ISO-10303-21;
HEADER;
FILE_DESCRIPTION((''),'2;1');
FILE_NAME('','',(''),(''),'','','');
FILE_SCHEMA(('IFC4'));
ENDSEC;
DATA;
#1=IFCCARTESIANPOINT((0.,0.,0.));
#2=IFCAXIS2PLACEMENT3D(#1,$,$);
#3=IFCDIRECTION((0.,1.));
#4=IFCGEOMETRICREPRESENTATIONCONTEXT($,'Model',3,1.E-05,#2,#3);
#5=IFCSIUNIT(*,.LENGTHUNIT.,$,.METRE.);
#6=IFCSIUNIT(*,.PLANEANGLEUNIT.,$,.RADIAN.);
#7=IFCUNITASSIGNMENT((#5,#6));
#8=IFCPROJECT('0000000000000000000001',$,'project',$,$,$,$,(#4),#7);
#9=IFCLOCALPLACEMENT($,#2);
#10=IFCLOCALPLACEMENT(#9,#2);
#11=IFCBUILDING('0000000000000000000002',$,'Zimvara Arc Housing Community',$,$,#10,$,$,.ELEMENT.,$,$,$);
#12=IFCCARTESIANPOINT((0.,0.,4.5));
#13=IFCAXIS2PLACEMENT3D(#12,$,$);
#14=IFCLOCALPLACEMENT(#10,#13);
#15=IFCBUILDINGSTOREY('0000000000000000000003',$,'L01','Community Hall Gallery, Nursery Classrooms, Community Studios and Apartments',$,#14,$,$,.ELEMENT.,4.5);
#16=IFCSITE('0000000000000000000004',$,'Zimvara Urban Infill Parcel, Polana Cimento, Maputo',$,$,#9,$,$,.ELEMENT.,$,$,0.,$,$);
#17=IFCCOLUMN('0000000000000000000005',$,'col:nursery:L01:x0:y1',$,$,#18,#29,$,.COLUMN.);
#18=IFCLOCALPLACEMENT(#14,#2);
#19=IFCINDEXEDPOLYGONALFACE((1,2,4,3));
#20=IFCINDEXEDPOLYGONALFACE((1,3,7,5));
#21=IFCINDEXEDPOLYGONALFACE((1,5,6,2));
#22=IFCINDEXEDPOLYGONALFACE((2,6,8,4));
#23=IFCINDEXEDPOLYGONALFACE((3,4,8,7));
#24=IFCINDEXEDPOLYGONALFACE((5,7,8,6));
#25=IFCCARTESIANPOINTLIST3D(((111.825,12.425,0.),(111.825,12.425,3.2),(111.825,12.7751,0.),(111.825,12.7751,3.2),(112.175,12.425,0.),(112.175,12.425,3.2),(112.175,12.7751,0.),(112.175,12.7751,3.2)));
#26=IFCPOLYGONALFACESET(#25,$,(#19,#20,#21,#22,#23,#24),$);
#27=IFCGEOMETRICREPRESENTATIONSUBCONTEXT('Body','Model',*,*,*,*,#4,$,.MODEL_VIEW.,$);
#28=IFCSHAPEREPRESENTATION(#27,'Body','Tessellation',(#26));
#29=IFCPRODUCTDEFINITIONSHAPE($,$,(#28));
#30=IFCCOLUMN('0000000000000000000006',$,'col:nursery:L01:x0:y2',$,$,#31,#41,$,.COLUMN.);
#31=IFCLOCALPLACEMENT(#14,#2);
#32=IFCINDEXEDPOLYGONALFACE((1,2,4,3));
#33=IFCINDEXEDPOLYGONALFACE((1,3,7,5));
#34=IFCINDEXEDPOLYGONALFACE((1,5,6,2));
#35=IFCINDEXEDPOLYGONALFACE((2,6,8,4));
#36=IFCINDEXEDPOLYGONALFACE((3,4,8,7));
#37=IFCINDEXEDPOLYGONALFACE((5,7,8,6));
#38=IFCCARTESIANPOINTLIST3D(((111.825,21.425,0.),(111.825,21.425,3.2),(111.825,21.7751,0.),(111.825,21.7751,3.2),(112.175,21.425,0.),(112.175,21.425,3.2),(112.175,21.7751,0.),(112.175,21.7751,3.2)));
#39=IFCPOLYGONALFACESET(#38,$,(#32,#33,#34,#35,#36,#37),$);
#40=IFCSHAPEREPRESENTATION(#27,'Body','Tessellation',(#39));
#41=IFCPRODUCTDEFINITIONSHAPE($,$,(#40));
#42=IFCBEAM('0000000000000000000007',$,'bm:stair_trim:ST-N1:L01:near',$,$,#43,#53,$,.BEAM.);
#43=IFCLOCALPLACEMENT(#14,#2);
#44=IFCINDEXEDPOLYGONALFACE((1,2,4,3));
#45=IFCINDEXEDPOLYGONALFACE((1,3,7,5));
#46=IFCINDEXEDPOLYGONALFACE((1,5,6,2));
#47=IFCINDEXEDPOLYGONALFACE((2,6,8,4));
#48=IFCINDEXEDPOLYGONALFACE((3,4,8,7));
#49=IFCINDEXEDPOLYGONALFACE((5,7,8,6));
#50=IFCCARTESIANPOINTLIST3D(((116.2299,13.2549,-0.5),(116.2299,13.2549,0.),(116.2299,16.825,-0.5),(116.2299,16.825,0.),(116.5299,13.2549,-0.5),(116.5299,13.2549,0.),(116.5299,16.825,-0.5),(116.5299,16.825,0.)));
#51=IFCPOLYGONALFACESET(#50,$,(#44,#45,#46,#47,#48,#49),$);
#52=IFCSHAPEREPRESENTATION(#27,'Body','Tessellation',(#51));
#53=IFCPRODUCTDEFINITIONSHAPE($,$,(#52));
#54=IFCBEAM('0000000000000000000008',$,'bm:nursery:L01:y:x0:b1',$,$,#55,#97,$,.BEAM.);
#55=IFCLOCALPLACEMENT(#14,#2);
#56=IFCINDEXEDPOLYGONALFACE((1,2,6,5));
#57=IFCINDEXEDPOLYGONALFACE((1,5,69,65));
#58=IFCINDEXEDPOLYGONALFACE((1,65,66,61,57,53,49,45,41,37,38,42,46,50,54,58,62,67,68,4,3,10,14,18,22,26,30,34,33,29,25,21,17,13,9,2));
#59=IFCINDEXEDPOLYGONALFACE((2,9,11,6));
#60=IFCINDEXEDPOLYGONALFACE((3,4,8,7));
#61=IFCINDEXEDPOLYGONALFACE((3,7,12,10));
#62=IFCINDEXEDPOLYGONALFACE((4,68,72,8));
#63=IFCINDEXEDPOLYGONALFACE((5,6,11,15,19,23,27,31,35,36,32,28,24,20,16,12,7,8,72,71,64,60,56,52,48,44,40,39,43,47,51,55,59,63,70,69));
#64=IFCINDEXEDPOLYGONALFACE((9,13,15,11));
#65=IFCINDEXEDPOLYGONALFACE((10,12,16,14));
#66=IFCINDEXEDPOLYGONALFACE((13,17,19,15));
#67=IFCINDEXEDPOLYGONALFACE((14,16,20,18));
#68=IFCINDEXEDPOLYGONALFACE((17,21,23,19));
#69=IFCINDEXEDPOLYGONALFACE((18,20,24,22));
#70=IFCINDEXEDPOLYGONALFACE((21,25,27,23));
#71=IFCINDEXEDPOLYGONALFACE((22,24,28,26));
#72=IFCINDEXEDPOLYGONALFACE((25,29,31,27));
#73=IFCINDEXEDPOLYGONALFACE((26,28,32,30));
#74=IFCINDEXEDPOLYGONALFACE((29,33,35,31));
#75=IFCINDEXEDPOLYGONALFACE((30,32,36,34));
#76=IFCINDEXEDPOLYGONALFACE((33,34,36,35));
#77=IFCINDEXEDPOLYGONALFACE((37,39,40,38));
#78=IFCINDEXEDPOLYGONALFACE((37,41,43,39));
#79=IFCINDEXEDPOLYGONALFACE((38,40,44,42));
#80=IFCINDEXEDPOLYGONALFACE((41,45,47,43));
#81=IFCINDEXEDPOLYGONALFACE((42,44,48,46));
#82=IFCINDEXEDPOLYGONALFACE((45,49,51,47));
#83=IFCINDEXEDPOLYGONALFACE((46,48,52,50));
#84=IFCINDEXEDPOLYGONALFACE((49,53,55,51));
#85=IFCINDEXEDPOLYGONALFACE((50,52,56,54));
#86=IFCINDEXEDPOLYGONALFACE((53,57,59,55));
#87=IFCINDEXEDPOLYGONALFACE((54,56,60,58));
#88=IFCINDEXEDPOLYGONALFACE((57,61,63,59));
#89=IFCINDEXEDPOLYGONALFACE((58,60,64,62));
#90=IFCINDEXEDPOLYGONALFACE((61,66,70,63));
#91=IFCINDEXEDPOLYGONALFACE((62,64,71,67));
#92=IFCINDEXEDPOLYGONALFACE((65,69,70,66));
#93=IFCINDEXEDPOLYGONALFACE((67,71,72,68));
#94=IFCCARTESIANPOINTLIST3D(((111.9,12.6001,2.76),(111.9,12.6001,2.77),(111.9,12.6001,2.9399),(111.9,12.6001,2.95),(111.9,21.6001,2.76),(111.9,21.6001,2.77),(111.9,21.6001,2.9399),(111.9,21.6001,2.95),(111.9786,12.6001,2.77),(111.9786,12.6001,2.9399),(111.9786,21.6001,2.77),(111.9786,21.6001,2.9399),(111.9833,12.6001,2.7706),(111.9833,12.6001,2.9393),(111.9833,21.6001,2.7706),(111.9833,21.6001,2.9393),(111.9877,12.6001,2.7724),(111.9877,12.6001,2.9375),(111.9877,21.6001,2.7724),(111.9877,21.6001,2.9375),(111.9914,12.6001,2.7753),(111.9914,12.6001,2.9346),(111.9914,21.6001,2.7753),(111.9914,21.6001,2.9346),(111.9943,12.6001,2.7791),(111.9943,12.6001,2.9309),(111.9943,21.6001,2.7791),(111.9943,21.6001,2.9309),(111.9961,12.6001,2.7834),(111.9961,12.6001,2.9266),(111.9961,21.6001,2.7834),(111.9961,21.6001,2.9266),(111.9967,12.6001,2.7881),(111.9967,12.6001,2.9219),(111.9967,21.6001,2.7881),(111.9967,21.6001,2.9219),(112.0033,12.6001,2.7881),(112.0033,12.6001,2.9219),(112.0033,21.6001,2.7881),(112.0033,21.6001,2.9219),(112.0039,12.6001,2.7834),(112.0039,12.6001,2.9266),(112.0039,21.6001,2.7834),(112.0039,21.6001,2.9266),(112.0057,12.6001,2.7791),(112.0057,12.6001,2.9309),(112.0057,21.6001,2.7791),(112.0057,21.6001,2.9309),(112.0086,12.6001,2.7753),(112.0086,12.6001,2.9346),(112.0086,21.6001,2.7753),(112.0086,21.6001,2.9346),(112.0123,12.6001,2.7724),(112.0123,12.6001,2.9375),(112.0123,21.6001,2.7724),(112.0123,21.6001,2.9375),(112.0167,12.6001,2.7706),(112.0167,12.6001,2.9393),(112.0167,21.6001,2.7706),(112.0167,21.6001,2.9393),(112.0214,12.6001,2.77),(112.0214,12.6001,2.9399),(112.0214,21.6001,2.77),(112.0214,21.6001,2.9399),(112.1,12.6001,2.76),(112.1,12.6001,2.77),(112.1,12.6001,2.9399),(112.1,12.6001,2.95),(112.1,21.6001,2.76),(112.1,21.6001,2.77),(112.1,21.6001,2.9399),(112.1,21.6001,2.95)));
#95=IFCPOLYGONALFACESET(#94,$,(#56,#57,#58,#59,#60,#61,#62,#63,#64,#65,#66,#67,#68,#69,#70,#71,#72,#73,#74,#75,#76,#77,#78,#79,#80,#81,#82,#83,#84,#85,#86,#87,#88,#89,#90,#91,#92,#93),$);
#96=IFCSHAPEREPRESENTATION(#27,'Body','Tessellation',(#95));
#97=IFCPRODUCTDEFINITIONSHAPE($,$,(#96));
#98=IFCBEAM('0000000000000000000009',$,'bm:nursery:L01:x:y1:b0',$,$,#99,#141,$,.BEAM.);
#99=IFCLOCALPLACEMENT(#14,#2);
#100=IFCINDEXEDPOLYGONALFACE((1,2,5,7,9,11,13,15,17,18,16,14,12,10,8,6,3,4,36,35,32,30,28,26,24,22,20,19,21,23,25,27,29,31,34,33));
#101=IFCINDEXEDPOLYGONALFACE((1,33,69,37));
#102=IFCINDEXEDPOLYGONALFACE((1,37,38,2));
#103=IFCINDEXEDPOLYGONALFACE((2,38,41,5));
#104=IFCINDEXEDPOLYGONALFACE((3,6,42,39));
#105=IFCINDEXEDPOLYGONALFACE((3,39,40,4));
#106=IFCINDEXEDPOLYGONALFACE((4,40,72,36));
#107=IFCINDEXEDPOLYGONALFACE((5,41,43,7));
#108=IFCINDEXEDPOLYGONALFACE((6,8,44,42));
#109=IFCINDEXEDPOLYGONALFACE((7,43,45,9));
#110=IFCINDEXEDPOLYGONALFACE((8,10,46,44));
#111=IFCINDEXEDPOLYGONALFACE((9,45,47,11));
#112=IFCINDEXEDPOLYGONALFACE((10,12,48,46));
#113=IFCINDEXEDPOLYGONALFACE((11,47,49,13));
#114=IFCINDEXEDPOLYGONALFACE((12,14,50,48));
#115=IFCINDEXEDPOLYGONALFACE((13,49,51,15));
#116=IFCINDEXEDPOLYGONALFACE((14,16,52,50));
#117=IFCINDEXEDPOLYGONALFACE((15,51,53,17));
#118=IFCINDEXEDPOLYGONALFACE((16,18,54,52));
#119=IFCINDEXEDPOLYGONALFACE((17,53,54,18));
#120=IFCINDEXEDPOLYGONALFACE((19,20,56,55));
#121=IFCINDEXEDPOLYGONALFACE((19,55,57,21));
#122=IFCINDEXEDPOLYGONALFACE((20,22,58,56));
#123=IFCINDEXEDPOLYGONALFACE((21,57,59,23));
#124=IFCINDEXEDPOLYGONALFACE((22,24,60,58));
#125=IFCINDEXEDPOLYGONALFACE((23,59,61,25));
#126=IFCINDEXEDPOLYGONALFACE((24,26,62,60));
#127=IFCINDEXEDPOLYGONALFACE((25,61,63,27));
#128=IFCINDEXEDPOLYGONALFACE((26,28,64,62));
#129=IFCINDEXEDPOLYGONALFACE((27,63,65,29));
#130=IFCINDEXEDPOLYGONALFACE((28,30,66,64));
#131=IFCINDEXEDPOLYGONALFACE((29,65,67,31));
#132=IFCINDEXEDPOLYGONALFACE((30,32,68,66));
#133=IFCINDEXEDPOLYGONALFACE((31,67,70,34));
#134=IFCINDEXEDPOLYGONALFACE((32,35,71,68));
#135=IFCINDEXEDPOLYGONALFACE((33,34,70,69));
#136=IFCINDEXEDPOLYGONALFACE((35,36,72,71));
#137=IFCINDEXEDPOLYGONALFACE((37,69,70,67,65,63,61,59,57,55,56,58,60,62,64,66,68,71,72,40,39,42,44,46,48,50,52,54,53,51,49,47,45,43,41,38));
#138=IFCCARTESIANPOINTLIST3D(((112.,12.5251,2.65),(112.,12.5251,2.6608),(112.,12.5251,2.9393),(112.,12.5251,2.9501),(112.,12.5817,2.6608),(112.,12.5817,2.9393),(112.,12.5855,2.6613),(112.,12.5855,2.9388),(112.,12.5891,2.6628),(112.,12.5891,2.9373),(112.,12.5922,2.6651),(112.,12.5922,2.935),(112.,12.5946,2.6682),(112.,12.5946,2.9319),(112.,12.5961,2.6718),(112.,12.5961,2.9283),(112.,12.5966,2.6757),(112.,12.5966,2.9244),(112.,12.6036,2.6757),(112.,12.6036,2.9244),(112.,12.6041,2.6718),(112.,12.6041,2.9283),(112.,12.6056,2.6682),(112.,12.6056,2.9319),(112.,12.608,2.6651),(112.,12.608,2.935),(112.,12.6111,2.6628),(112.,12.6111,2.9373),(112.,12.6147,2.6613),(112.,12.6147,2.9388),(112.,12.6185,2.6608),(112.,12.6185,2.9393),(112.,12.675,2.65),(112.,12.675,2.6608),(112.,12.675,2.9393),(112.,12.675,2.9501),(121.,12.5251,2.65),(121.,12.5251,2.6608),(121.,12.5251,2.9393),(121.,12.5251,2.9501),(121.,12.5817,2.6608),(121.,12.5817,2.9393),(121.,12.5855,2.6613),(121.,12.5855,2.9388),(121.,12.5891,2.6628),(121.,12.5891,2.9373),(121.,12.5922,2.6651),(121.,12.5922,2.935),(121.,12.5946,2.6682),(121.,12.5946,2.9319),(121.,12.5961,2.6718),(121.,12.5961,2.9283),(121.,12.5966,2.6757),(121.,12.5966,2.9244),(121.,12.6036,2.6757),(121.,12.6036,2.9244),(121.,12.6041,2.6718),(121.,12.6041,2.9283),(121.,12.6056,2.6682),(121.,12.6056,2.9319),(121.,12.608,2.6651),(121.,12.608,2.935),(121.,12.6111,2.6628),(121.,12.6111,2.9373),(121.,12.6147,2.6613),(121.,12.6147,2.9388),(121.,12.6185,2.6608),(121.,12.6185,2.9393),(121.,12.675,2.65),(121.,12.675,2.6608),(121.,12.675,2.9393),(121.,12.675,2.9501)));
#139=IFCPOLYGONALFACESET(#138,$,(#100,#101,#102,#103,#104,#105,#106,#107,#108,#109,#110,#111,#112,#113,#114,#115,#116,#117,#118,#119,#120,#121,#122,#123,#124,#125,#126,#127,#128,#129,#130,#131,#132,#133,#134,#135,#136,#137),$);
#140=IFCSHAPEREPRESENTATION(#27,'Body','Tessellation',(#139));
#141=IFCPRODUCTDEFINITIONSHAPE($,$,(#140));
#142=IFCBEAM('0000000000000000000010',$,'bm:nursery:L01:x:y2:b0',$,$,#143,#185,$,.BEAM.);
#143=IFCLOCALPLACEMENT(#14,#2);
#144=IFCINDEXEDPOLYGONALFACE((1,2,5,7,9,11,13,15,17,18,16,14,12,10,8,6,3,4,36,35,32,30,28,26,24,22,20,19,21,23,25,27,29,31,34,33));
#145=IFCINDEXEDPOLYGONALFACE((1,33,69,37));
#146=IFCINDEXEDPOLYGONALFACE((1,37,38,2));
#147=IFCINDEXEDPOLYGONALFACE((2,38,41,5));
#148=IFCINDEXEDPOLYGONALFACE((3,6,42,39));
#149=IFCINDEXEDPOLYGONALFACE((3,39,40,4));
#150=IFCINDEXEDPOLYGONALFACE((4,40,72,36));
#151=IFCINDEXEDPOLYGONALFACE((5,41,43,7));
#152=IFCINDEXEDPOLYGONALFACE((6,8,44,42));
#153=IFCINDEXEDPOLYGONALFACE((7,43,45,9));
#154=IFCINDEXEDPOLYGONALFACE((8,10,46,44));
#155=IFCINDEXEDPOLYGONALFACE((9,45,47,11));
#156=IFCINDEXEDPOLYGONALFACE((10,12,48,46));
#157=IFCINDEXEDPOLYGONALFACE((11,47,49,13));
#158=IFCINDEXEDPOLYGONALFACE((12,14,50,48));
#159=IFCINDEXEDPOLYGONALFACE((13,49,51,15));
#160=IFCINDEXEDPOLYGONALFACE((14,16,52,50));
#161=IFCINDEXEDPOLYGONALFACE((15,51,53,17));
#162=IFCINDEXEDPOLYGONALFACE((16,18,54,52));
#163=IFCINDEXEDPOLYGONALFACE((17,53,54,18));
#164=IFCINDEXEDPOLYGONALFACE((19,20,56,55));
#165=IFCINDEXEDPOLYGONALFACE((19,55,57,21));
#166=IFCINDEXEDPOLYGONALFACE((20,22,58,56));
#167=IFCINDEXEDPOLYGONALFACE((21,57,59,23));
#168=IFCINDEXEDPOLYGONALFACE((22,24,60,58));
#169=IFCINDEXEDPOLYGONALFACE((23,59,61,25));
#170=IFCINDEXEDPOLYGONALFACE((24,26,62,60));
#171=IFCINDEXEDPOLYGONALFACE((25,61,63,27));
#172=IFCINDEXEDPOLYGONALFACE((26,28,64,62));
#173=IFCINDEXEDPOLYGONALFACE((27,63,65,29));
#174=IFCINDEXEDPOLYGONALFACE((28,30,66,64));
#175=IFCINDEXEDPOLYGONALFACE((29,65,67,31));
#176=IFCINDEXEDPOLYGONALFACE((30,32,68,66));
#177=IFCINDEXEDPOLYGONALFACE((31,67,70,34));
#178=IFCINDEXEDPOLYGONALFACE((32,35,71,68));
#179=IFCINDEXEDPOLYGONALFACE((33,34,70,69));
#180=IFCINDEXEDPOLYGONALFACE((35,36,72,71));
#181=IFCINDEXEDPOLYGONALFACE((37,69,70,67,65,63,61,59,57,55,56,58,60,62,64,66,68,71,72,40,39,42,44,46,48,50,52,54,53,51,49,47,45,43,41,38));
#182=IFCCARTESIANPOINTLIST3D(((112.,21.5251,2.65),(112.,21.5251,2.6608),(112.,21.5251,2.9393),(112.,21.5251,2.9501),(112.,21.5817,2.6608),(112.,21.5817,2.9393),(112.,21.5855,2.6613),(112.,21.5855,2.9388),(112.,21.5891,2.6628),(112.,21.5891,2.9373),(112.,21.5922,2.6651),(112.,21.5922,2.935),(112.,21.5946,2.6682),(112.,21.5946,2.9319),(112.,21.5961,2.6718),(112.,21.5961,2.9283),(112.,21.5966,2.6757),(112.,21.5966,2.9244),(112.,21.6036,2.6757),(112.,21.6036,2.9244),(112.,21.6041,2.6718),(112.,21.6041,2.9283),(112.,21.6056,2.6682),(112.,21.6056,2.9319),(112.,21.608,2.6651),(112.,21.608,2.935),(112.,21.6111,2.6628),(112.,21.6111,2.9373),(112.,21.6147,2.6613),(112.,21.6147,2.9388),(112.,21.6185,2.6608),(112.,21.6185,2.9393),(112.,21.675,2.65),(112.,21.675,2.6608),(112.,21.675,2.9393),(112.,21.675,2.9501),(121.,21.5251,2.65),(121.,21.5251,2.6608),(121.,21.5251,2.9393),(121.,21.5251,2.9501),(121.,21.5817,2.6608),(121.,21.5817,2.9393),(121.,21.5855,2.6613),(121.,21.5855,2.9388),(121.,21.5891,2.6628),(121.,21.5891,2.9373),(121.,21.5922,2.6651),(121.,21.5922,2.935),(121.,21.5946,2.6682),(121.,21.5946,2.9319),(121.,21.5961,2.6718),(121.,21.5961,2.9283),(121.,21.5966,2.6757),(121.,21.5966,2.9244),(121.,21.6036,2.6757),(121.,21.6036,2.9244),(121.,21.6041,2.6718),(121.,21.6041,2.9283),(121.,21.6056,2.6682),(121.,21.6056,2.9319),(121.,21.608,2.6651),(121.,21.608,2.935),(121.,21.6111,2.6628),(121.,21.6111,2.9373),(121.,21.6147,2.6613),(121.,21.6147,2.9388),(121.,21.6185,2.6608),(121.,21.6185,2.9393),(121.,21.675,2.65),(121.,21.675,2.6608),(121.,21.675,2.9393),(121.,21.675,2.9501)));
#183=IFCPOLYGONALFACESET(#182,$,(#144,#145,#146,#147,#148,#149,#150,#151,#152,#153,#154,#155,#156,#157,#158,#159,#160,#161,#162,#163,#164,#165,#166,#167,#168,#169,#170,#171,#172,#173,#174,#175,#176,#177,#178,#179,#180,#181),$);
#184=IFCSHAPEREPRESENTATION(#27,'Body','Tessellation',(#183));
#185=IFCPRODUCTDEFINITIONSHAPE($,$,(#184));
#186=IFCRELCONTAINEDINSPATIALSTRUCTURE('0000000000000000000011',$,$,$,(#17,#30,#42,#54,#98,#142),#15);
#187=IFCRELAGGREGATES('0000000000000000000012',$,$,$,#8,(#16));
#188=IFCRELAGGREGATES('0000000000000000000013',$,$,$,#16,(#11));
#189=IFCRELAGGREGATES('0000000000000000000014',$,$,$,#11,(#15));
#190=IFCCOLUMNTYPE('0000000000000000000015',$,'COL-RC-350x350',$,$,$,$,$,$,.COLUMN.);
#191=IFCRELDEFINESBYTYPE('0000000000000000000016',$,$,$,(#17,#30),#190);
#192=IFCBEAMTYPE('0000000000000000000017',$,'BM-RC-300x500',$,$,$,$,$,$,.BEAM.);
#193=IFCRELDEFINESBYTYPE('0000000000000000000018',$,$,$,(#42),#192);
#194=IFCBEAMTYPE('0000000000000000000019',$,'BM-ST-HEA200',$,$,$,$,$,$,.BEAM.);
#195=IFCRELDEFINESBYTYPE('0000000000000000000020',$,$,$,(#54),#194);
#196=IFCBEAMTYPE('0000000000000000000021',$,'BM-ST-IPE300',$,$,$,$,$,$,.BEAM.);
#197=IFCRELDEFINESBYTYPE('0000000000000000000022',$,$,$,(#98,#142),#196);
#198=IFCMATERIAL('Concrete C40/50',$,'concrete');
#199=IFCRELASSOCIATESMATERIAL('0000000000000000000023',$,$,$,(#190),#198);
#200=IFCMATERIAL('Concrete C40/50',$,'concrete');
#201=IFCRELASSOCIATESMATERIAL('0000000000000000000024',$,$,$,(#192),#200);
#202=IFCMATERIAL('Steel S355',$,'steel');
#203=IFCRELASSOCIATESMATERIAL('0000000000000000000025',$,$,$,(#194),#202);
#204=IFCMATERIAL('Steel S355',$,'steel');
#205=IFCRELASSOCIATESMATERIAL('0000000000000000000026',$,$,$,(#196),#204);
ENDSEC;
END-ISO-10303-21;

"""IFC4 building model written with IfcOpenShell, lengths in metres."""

from ifc_helpers import new_model, si_unit, direction, frame, origin, origin_2d, place, context, subcontext, project, spatial, rectangle, i_section, extrude, material, material_profile, profile_set, type_object, element, save


model = new_model("IFC4")

# Units and contexts
model_context = context("Model", 3, precision=1e-05, world=origin(), true_north=direction((0.0, 1.0)))
body_context = subcontext(model_context, "Body", "Model", "MODEL_VIEW")
ifc_project = project(units=[si_unit("LENGTHUNIT", "METRE"), si_unit("PLANEANGLEUNIT", "RADIAN")], contexts=[model_context])

# Site, building, storey
site_placement = place(None, origin())
site = spatial("IfcSite", under=ifc_project, at=site_placement, Name="Zimvara Urban Infill Parcel, Polana Cimento, Maputo", CompositionType="ELEMENT", RefElevation=0.0)
building_placement = place(site_placement, origin())
building = spatial("IfcBuilding", under=site, at=building_placement, Name="Zimvara Arc Housing Community", CompositionType="ELEMENT")
storey_placement = place(building_placement, frame((0.0, 0.0, 4.5)))
storey = spatial("IfcBuildingStorey", under=building, at=storey_placement, Name="L01", Description="Community Hall Gallery, Nursery Classrooms, Community Studios and Apartments", CompositionType="ELEMENT", Elevation=4.5)

# Columns
ifc_material_1 = material(Name="Concrete C40/50", Category="concrete")
ifc_material_profile_1 = material_profile(ifc_material_1, rectangle(XDim=0.3501, YDim=0.3501, at=origin_2d()), Name="RC 350x350")
ifc_profile_set_1 = profile_set([ifc_material_profile_1], Name="Concrete C40/50")
column_type = type_object("IfcColumnType", Name="COL-RC-350x350", PredefinedType="COLUMN", material=ifc_profile_set_1)
for number, where, z_axis, x_axis, name in (
    (1, (112.0, 12.6001, 0.0), (0.0, 0.0, 1.0), (1.0, 0.0, 0.0), "col:nursery:L01:x0:y1"),
    (2, (112.0, 21.6001, 0.0), (0.0, 0.0, 1.0), (1.0, 0.0, 0.0), "col:nursery:L01:x0:y2"),
):
    element("IfcColumn", number, at=place(storey_placement, frame(where, z_axis=z_axis, x_axis=x_axis)), inside=storey, type_object=column_type, Name=name, PredefinedType="COLUMN", context=body_context, shape_type="SweptSolid", body=[
        extrude(rectangle(XDim=0.3501, YDim=0.3501, at=origin_2d()), origin(), (0.0, 0.0, 1.0), 3.2),
    ])

# Beams
ifc_material_2 = material(Name="Concrete C40/50", Category="concrete")
ifc_material_profile_2 = material_profile(ifc_material_2, rectangle(XDim=0.3, YDim=0.5, at=origin_2d()), Name="RC 300x500")
ifc_profile_set_2 = profile_set([ifc_material_profile_2], Name="Concrete C40/50")
beam_type_1 = type_object("IfcBeamType", Name="BM-RC-300x500", PredefinedType="BEAM", material=ifc_profile_set_2)
beam_1_placement = place(storey_placement, frame((116.3799, 13.2549, -0.25), z_axis=(0.0, 1.0, 0.0), x_axis=(-1.0, 0.0, 0.0)))
element("IfcBeam", 3, at=beam_1_placement, inside=storey, type_object=beam_type_1, Name="bm:stair_trim:ST-N1:L01:near", PredefinedType="BEAM", context=body_context, shape_type="SweptSolid", body=[
    extrude(rectangle(XDim=0.3, YDim=0.5, at=origin_2d()), origin(), (0.0, 0.0, 1.0), 3.5701),
])
ifc_material_3 = material(Name="Steel S355", Category="steel")
ifc_material_profile_3 = material_profile(ifc_material_3, i_section(OverallWidth=0.2, OverallDepth=0.1899, WebThickness=0.0066, FlangeThickness=0.01, FilletRadius=0.0181, at=origin_2d()), Name="HEA 200")
ifc_profile_set_3 = profile_set([ifc_material_profile_3], Name="Steel S355")
beam_type_2 = type_object("IfcBeamType", Name="BM-ST-HEA200", PredefinedType="BEAM", material=ifc_profile_set_3)
beam_2_placement = place(storey_placement, frame((112.0, 12.6001, 2.855), z_axis=(0.0, 1.0, 0.0), x_axis=(-1.0, 0.0, 0.0)))
element("IfcBeam", 4, at=beam_2_placement, inside=storey, type_object=beam_type_2, Name="bm:nursery:L01:y:x0:b1", PredefinedType="BEAM", context=body_context, shape_type="SweptSolid", body=[
    extrude(i_section(OverallWidth=0.2, OverallDepth=0.1899, WebThickness=0.0066, FlangeThickness=0.01, FilletRadius=0.0181, at=origin_2d()), origin(), (0.0, 0.0, 1.0), 9.0),
])
ifc_material_4 = material(Name="Steel S355", Category="steel")
ifc_material_profile_4 = material_profile(ifc_material_4, i_section(OverallWidth=0.1499, OverallDepth=0.3, WebThickness=0.0071, FlangeThickness=0.0107, FilletRadius=0.0149, at=origin_2d()), Name="IPE 300")
ifc_profile_set_4 = profile_set([ifc_material_profile_4], Name="Steel S355")
beam_type_3 = type_object("IfcBeamType", Name="BM-ST-IPE300", PredefinedType="BEAM", material=ifc_profile_set_4)
for number, where, z_axis, x_axis, name in (
    (5, (112.0, 12.6001, 2.8), (1.0, 0.0, 0.0), (0.0, 1.0, 0.0), "bm:nursery:L01:x:y1:b0"),
    (6, (112.0, 21.6001, 2.8), (1.0, 0.0, 0.0), (0.0, 1.0, 0.0), "bm:nursery:L01:x:y2:b0"),
):
    element("IfcBeam", number, at=place(storey_placement, frame(where, z_axis=z_axis, x_axis=x_axis)), inside=storey, type_object=beam_type_3, Name=name, PredefinedType="BEAM", context=body_context, shape_type="SweptSolid", body=[
        extrude(i_section(OverallWidth=0.1499, OverallDepth=0.3, WebThickness=0.0071, FlangeThickness=0.0107, FilletRadius=0.0149, at=origin_2d()), origin(), (0.0, 0.0, 1.0), 9.0),
    ])

save(model, "model.ifc")
